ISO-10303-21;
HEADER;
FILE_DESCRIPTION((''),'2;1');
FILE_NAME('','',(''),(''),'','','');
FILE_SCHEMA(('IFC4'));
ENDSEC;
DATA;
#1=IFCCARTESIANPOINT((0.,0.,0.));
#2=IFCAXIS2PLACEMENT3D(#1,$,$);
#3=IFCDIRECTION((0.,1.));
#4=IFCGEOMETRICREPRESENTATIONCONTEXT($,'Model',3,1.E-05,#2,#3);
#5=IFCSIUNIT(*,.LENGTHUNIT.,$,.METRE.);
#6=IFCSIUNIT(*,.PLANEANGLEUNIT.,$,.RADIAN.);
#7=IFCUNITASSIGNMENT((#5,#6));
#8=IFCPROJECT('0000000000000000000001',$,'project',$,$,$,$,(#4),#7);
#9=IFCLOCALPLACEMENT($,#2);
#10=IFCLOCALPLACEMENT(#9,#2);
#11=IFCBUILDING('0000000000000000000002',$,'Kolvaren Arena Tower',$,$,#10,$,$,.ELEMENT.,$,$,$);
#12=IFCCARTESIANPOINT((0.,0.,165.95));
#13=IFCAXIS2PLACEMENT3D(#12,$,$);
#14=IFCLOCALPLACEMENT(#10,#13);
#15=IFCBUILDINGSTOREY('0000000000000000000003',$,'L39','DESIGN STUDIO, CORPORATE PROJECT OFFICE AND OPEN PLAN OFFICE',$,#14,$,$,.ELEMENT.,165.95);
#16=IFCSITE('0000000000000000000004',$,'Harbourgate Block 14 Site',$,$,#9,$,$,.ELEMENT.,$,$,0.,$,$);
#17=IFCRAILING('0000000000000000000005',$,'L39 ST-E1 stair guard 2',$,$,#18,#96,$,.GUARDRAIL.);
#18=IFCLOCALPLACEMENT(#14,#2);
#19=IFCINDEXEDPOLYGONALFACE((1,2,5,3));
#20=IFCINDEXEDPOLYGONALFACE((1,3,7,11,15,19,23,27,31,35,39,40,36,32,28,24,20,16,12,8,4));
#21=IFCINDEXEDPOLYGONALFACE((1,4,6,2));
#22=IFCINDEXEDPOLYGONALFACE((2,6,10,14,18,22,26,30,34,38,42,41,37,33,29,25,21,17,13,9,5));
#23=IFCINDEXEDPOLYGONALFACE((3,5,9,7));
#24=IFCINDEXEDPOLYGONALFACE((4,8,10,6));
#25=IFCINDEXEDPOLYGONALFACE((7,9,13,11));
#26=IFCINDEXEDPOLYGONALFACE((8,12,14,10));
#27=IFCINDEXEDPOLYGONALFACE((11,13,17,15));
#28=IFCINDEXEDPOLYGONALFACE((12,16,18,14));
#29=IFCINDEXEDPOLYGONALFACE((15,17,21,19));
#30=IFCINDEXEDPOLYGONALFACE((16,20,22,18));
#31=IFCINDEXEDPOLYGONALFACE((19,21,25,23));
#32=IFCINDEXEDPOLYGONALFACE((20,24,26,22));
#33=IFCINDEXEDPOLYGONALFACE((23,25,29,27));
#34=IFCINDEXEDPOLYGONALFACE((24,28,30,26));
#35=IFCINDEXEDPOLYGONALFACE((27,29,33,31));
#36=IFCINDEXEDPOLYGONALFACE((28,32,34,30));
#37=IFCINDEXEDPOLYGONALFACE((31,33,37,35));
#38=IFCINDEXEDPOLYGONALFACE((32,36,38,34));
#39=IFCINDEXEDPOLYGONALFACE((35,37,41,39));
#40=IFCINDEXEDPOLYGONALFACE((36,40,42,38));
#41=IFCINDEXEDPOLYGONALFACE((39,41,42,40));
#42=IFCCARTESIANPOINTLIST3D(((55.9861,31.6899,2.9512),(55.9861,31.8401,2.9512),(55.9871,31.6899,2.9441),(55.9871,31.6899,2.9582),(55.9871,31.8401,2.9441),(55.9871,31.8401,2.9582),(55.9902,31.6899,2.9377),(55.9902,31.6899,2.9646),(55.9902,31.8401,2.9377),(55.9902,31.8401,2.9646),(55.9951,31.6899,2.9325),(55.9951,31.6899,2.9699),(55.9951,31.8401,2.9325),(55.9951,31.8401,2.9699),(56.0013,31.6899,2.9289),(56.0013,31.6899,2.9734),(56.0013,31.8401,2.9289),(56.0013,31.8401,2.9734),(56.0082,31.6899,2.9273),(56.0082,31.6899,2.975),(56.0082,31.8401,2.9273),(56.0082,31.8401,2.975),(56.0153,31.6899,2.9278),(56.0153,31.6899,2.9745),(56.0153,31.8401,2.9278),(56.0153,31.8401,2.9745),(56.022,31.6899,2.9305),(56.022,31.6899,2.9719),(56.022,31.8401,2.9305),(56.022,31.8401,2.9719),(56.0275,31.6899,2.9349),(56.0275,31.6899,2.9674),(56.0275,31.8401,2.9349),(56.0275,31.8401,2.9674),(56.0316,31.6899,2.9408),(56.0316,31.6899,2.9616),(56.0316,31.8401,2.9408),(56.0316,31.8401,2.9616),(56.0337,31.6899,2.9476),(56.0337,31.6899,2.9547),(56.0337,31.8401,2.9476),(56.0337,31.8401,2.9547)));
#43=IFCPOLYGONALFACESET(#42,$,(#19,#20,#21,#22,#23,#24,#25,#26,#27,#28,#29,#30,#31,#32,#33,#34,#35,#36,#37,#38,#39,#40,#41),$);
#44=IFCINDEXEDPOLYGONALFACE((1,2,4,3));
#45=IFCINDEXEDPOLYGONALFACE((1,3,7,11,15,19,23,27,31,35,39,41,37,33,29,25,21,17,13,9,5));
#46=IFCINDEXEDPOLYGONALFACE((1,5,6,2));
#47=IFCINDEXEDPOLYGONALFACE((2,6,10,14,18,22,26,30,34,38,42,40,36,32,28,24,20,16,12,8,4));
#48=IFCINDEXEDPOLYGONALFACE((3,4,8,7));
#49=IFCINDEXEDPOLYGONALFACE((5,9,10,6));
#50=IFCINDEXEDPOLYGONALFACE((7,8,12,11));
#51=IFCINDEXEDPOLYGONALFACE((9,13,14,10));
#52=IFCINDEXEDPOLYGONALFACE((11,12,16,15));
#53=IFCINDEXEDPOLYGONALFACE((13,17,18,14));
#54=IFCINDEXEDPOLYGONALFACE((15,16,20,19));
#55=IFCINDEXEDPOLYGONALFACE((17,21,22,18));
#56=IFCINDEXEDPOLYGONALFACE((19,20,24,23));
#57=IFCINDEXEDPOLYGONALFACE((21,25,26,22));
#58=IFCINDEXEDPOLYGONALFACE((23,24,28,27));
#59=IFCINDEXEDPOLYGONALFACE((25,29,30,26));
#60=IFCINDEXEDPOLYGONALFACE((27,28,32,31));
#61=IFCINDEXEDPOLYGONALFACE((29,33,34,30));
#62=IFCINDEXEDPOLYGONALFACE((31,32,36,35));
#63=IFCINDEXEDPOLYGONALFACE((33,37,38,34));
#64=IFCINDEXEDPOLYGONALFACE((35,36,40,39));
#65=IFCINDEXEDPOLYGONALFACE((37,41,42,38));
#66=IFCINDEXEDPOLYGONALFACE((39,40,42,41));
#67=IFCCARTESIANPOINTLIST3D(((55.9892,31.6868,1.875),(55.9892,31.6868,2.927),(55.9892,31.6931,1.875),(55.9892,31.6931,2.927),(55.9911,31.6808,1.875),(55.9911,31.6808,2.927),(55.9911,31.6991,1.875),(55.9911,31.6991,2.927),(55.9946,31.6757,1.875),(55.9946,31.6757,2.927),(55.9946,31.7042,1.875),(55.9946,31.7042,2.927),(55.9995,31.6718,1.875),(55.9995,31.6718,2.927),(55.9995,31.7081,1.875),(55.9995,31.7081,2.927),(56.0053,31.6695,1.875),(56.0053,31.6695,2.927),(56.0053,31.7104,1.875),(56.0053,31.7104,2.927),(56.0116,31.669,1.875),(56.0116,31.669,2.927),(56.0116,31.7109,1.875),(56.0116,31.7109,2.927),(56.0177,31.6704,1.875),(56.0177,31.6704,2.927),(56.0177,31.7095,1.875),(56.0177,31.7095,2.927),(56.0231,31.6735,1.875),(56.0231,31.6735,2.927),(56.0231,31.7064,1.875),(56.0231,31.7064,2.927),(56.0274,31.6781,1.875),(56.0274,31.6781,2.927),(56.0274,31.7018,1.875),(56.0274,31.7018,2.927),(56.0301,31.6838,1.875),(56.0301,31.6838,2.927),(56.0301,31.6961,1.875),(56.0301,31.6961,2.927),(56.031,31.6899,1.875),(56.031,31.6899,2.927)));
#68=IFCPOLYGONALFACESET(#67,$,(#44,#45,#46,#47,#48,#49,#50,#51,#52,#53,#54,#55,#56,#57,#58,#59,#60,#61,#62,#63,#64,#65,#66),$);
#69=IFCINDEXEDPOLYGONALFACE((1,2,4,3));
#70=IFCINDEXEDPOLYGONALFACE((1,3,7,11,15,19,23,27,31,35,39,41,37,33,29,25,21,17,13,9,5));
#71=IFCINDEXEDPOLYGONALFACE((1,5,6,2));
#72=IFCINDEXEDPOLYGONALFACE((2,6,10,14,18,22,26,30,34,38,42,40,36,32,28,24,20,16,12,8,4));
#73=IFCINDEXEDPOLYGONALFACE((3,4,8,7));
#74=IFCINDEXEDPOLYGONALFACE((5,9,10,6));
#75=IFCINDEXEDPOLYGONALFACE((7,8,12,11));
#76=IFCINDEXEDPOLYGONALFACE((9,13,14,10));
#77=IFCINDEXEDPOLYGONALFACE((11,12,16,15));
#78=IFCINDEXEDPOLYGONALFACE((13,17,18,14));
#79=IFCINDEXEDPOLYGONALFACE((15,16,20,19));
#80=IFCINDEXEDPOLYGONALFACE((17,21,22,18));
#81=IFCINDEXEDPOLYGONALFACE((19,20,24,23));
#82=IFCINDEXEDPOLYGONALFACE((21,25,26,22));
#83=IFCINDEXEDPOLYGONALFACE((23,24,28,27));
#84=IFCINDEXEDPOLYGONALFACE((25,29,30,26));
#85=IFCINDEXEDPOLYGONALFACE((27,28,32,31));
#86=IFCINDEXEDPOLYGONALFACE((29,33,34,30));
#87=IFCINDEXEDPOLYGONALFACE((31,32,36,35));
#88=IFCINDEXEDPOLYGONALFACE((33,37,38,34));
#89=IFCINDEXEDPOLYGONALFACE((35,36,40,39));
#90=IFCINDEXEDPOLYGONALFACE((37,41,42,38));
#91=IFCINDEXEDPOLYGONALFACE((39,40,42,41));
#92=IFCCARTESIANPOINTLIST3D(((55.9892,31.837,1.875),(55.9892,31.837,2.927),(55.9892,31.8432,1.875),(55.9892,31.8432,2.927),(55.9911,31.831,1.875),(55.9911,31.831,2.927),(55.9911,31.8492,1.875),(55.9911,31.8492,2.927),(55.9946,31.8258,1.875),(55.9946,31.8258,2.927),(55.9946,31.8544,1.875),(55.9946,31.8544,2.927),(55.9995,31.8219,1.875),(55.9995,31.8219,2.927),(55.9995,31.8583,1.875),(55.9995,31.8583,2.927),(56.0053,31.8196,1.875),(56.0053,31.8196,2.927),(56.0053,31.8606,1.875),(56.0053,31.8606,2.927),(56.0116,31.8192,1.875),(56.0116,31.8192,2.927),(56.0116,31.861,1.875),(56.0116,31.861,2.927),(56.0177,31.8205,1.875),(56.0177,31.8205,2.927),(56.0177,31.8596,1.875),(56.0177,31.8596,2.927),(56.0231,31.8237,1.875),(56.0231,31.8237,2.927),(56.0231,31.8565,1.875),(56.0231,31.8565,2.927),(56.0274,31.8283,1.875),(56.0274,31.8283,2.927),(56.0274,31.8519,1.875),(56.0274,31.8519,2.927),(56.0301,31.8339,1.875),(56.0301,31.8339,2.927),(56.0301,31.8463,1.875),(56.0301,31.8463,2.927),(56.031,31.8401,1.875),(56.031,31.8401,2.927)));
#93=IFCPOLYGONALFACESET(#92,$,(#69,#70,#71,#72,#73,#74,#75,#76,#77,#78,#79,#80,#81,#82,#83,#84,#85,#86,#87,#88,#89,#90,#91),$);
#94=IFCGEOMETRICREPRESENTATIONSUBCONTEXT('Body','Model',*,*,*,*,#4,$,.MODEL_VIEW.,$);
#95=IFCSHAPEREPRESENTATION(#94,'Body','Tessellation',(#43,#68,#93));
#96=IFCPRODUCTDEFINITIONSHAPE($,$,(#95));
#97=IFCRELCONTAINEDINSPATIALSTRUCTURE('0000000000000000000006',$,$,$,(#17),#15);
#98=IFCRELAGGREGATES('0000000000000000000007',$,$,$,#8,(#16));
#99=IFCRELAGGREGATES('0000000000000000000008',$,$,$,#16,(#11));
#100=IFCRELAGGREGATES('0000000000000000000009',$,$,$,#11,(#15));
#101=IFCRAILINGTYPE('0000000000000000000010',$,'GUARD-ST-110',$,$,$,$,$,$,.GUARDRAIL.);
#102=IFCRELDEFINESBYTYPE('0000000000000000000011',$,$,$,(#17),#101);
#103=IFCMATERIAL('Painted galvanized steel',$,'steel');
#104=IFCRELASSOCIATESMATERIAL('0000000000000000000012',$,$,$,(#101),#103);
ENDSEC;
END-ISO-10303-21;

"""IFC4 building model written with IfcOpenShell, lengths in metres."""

from ifc_helpers import new_model, si_unit, direction, frame, origin, origin_2d, place, context, subcontext, project, spatial, circle, extrude, material, type_object, element, save


model = new_model("IFC4")

# Units and contexts
model_context = context("Model", 3, precision=1e-05, world=origin(), true_north=direction((0.0, 1.0)))
body_context = subcontext(model_context, "Body", "Model", "MODEL_VIEW")
ifc_project = project(units=[si_unit("LENGTHUNIT", "METRE"), si_unit("PLANEANGLEUNIT", "RADIAN")], contexts=[model_context])

# Site, building, storey
site_placement = place(None, origin())
site = spatial("IfcSite", under=ifc_project, at=site_placement, Name="Harbourgate Block 14 Site", CompositionType="ELEMENT", RefElevation=0.0)
building_placement = place(site_placement, origin())
building = spatial("IfcBuilding", under=site, at=building_placement, Name="Kolvaren Arena Tower", CompositionType="ELEMENT")
storey_placement = place(building_placement, frame((0.0, 0.0, 165.95)))
storey = spatial("IfcBuildingStorey", under=building, at=storey_placement, Name="L39", Description="DESIGN STUDIO, CORPORATE PROJECT OFFICE AND OPEN PLAN OFFICE", CompositionType="ELEMENT", Elevation=165.95)

# Railing
ifc_material_1 = material(Name="Painted galvanized steel", Category="steel")
railing_type_1 = type_object("IfcRailingType", Name="GUARD-ST-110", PredefinedType="GUARDRAIL", material=ifc_material_1)
railing_1_placement = place(storey_placement, frame((56.01, 31.6899, 1.875)))
element("IfcRailing", 1, at=railing_1_placement, inside=storey, type_object=railing_type_1, Name="L39 ST-E1 stair guard 2", PredefinedType="GUARDRAIL", context=body_context, shape_type="SweptSolid", body=[
    extrude(circle(Radius=0.0239, at=origin_2d()), frame((0.0, 0.0, 1.0762), z_axis=(0.0, 1.0, 0.0), x_axis=(-1.0, 0.0, 0.0)), (0.0, 0.0, 1.0), 0.1501),
    extrude(circle(Radius=0.021, at=origin_2d()), origin(), (0.0, 0.0, 1.0), 1.052),
    extrude(circle(Radius=0.021, at=origin_2d()), frame((0.0, 0.1501, 0.0)), (0.0, 0.0, 1.0), 1.052),
])

save(model, "model.ifc")
